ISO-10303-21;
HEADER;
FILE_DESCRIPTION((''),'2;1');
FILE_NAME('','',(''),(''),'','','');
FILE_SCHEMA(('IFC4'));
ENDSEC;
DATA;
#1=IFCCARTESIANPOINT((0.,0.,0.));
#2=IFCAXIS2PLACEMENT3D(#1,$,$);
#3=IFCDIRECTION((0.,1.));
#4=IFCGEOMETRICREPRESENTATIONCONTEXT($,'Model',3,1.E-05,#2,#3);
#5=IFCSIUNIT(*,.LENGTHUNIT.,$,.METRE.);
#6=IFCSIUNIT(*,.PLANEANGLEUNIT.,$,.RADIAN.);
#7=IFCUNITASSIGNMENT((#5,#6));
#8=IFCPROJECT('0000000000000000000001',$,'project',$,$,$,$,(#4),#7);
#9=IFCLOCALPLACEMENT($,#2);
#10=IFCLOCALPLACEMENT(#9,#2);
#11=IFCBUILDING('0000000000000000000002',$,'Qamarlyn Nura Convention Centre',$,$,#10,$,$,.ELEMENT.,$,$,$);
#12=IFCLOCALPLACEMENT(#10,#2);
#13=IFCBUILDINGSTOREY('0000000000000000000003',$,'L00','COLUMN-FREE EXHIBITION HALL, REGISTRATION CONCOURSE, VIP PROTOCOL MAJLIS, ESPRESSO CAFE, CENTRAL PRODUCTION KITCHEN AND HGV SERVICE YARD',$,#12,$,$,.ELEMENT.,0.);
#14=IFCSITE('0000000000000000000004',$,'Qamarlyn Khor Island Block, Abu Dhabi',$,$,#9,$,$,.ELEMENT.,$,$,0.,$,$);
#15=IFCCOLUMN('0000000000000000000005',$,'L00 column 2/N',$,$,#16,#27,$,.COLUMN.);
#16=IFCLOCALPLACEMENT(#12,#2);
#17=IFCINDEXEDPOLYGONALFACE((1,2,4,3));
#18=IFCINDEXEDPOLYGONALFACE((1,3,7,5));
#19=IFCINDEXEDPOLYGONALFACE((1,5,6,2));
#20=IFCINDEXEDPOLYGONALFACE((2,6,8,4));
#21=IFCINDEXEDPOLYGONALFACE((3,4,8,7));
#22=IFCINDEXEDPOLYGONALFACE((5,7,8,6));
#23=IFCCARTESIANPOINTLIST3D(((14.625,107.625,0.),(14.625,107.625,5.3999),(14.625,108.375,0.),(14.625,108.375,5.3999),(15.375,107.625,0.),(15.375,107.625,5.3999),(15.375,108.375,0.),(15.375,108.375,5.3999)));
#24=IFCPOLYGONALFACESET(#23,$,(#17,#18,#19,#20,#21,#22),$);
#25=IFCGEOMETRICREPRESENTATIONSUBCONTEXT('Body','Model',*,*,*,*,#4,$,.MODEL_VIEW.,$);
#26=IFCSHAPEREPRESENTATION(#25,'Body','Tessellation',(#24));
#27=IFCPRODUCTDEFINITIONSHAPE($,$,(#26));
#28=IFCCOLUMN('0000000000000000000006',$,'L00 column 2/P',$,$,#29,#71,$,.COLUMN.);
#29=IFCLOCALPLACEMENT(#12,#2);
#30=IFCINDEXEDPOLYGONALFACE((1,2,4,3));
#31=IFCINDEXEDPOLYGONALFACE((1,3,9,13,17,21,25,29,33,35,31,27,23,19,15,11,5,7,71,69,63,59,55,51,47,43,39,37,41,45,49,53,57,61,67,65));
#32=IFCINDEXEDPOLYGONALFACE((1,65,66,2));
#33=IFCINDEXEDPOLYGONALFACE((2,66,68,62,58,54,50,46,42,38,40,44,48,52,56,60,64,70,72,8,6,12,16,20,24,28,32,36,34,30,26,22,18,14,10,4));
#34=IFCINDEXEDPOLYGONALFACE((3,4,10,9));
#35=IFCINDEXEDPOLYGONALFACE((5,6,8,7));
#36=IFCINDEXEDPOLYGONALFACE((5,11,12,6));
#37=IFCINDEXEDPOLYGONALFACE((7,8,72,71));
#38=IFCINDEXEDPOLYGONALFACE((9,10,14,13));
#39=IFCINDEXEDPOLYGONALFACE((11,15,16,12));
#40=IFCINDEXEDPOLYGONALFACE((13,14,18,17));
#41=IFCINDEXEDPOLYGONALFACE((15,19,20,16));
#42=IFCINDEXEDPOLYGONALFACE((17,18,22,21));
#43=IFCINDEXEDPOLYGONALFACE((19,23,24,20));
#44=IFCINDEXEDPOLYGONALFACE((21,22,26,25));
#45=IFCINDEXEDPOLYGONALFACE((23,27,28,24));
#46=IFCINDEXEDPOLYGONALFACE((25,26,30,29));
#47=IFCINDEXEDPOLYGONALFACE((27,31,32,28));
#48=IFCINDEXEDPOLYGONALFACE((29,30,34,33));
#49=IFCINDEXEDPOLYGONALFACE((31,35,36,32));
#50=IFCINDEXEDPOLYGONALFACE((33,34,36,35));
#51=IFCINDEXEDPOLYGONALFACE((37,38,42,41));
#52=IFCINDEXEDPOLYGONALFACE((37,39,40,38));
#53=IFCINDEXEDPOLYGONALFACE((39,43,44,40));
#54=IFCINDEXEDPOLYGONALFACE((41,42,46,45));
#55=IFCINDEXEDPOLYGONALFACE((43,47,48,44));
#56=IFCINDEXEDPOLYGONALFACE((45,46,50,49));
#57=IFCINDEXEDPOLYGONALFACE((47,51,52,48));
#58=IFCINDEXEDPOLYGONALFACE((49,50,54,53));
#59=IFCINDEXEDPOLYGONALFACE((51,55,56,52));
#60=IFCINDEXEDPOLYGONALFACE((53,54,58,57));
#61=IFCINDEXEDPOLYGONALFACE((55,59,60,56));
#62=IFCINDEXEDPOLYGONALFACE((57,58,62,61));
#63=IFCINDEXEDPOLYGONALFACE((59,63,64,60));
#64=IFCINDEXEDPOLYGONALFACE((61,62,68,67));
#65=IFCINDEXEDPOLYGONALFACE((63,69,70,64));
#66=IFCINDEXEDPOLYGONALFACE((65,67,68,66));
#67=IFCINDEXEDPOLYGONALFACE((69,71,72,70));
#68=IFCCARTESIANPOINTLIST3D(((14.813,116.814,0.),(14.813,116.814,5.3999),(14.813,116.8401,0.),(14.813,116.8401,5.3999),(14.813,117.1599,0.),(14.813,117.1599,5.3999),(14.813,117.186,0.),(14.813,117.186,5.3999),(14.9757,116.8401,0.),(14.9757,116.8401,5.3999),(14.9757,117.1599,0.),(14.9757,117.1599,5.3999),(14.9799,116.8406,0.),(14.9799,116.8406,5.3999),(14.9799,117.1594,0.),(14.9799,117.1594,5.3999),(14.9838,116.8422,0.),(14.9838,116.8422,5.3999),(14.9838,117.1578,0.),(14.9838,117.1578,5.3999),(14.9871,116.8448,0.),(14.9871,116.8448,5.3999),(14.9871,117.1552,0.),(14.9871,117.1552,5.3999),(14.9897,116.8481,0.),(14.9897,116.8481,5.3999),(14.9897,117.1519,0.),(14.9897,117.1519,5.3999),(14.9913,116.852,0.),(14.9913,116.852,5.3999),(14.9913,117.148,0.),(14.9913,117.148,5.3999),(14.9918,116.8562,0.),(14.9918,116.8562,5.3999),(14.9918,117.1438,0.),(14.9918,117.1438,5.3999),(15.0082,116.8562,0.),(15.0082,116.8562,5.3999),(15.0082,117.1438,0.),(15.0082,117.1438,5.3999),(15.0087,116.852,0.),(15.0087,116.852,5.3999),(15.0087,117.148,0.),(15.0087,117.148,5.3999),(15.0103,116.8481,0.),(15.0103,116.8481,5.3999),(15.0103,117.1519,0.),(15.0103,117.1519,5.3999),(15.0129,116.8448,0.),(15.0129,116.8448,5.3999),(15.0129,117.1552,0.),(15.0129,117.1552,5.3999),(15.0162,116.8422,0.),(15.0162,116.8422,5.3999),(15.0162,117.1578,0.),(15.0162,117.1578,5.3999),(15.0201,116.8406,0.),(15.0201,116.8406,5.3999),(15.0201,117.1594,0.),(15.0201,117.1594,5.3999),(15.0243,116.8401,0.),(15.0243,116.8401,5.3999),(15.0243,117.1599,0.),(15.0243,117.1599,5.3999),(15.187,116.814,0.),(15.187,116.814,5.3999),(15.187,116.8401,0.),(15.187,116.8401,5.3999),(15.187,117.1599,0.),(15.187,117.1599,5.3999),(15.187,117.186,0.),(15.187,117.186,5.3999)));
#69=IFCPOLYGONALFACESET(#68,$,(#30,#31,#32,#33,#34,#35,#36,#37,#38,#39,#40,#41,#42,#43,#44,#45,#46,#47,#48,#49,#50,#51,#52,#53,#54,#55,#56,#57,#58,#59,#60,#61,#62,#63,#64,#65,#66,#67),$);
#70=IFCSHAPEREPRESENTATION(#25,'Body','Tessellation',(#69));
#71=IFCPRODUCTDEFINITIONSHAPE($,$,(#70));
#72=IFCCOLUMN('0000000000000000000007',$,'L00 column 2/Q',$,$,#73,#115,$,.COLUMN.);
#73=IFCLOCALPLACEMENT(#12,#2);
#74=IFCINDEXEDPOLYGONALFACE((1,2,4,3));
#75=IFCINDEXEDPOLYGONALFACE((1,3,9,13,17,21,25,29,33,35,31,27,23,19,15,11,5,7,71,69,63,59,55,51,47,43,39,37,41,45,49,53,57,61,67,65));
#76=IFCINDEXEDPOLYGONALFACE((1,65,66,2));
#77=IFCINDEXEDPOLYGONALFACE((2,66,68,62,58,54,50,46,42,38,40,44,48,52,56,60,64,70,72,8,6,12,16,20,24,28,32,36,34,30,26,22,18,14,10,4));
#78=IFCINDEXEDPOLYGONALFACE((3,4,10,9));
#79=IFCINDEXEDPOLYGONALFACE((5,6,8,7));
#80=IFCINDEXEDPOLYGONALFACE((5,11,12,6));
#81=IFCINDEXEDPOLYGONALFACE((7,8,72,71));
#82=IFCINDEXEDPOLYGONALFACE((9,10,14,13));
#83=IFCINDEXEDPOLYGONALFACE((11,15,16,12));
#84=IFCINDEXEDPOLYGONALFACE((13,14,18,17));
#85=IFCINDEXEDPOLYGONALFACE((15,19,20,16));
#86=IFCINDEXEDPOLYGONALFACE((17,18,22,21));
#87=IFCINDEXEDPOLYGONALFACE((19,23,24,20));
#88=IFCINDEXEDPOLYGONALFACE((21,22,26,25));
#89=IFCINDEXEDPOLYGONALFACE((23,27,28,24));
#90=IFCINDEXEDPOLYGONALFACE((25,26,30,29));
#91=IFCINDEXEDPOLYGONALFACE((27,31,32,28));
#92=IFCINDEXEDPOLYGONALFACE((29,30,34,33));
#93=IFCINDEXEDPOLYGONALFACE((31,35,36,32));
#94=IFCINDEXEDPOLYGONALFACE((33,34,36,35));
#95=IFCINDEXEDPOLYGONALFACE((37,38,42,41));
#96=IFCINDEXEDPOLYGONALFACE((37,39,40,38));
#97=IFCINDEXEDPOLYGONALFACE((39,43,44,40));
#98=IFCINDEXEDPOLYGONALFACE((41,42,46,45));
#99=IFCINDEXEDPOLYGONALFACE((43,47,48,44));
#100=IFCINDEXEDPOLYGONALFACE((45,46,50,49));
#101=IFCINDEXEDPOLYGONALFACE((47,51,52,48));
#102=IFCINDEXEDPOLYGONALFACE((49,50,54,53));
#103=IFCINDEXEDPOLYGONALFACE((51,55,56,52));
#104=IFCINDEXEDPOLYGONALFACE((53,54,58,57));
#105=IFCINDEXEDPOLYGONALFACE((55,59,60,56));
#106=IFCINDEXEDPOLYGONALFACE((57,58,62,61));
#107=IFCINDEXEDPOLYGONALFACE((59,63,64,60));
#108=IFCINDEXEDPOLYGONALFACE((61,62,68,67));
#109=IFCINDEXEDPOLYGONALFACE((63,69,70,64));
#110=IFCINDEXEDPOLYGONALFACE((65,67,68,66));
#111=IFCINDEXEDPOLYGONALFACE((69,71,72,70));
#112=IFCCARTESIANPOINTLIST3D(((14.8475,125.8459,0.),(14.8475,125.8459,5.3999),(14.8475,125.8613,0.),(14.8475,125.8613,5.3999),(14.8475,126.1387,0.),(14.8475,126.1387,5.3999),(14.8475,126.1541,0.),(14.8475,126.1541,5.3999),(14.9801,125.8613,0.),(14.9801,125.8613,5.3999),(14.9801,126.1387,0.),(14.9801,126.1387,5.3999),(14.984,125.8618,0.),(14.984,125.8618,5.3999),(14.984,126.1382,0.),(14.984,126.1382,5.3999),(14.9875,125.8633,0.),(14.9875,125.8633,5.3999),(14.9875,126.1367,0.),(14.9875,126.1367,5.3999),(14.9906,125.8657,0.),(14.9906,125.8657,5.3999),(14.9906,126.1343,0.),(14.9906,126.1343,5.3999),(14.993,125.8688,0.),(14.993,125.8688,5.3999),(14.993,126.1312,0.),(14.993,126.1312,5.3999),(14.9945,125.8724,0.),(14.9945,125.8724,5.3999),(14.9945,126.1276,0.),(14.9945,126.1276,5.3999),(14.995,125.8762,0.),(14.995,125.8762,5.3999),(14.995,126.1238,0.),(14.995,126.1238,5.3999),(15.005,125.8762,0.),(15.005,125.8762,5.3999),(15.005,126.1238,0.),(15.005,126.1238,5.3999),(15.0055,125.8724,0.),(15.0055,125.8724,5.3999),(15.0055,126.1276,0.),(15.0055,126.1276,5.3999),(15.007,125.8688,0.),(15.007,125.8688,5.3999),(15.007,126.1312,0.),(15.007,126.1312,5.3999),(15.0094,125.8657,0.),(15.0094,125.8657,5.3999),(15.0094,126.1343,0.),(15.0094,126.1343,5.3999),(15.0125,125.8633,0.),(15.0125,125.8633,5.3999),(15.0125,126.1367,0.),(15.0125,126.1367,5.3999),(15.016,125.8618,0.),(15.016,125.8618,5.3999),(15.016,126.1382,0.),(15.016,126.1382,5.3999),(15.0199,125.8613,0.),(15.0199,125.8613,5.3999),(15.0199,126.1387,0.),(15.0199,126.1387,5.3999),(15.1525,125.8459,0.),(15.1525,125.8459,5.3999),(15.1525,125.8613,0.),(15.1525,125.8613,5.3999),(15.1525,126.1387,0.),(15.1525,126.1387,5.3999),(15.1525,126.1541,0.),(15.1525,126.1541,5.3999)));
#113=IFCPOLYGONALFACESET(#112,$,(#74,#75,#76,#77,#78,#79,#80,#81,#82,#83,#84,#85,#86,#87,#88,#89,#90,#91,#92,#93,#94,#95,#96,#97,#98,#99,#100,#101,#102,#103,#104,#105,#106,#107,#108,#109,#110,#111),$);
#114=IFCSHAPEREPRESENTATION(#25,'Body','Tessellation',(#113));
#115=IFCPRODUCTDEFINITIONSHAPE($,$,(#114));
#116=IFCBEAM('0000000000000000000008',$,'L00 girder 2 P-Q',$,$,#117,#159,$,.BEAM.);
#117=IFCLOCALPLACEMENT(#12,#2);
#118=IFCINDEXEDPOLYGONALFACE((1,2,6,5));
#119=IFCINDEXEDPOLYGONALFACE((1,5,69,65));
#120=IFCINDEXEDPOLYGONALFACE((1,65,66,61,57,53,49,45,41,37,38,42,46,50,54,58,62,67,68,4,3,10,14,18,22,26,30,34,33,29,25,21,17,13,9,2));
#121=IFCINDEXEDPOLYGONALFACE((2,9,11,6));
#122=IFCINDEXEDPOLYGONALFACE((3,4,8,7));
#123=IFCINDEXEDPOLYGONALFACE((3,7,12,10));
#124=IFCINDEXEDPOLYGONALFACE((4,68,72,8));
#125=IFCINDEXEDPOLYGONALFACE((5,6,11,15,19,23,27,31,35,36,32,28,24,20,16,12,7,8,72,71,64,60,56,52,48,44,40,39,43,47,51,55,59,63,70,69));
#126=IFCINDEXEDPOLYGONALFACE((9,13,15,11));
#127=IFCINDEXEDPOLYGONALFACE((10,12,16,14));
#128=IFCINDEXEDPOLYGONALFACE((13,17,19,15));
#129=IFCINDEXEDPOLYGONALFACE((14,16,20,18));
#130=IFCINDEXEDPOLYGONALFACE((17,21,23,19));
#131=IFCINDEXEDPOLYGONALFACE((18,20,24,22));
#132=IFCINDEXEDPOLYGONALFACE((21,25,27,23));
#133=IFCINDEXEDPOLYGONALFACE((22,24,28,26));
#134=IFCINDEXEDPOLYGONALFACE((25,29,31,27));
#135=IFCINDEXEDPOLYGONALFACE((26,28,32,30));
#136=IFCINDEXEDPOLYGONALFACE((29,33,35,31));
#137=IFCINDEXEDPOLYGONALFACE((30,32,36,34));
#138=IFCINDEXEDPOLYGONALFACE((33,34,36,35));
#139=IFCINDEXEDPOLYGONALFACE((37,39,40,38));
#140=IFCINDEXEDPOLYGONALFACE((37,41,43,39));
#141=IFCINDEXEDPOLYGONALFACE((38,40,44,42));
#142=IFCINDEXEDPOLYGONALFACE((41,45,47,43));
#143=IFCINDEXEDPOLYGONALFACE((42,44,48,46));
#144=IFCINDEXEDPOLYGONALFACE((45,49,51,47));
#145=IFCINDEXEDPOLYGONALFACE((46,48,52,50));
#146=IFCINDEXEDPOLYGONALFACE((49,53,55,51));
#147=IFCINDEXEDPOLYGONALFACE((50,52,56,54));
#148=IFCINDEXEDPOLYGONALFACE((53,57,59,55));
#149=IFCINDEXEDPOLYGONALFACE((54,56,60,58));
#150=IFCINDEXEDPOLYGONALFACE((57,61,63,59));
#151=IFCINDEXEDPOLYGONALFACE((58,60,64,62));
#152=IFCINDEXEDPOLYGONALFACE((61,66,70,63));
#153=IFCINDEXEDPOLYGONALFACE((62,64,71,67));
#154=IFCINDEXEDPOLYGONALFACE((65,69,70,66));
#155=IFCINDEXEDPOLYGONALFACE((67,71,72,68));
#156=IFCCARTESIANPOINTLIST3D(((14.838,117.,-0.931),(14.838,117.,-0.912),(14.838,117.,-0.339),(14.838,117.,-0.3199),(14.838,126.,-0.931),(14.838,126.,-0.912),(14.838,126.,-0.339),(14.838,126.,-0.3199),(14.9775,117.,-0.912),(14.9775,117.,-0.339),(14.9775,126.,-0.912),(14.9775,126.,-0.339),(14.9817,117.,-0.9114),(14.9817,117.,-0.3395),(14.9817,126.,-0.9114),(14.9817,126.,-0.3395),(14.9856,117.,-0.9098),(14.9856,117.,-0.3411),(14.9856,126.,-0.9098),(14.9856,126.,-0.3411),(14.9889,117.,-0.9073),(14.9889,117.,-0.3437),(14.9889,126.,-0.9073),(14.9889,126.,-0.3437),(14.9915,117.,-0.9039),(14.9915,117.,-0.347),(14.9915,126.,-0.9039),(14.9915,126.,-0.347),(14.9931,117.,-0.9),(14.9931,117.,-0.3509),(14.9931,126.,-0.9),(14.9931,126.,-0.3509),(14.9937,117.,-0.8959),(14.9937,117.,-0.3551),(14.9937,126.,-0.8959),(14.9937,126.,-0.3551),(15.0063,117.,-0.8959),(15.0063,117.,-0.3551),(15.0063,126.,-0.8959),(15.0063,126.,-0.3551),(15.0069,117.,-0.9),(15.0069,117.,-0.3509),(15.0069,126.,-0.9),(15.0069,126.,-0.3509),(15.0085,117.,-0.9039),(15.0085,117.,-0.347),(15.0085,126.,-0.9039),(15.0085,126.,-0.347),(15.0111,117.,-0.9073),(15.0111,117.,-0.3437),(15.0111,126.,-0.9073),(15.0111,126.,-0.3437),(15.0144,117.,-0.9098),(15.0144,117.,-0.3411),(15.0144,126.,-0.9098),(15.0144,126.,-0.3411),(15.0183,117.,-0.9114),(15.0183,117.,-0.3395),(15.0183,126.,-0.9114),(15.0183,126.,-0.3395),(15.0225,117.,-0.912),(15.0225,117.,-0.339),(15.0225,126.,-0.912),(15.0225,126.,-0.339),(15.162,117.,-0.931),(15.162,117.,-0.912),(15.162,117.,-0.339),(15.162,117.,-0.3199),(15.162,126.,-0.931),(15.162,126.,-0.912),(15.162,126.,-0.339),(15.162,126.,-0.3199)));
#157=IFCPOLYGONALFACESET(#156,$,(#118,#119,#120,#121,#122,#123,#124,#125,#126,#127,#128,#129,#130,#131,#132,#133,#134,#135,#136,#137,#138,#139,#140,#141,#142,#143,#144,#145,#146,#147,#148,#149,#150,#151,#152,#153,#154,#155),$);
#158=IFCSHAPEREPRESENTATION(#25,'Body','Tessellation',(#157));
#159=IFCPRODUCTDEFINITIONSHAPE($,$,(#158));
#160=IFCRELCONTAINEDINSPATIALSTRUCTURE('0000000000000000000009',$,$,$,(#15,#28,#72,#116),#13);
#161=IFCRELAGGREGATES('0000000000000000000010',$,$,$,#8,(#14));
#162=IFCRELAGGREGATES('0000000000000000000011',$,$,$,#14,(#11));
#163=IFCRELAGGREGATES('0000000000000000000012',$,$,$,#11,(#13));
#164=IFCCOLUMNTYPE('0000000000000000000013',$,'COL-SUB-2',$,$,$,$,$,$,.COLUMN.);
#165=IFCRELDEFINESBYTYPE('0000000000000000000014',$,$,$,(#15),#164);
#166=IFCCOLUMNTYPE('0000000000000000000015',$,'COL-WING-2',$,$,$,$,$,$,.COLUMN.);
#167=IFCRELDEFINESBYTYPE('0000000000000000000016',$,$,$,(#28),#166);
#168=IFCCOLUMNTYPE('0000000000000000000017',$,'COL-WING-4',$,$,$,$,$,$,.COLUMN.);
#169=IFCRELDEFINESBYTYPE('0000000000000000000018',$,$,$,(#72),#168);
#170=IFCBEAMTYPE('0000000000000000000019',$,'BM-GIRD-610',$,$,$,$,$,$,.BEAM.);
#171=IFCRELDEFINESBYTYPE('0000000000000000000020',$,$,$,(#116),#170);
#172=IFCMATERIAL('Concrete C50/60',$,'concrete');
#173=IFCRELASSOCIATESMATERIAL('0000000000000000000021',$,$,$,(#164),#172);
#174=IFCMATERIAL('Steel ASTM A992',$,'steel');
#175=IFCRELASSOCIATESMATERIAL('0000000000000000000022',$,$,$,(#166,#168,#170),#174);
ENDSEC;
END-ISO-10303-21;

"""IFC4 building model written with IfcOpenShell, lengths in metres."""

from ifc_helpers import new_model, si_unit, direction, frame, origin, origin_2d, place, context, subcontext, project, spatial, rectangle, i_section, extrude, material, material_profile, profile_set, type_object, element, save


model = new_model("IFC4")

# Units and contexts
model_context = context("Model", 3, precision=1e-05, world=origin(), true_north=direction((0.0, 1.0)))
body_context = subcontext(model_context, "Body", "Model", "MODEL_VIEW")
ifc_project = project(units=[si_unit("LENGTHUNIT", "METRE"), si_unit("PLANEANGLEUNIT", "RADIAN")], contexts=[model_context])

# Site, building, storey
site_placement = place(None, origin())
site = spatial("IfcSite", under=ifc_project, at=site_placement, Name="Qamarlyn Khor Island Block, Abu Dhabi", CompositionType="ELEMENT", RefElevation=0.0)
building_placement = place(site_placement, origin())
building = spatial("IfcBuilding", under=site, at=building_placement, Name="Qamarlyn Nura Convention Centre", CompositionType="ELEMENT")
storey_placement = place(building_placement, origin())
storey = spatial("IfcBuildingStorey", under=building, at=storey_placement, Name="L00", Description="COLUMN-FREE EXHIBITION HALL, REGISTRATION CONCOURSE, VIP PROTOCOL MAJLIS, ESPRESSO CAFE, CENTRAL PRODUCTION KITCHEN AND HGV SERVICE YARD", CompositionType="ELEMENT", Elevation=0.0)

# Columns
ifc_material_1 = material(Name="Concrete C50/60", Category="concrete")
ifc_material_profile_1 = material_profile(ifc_material_1, rectangle(XDim=0.75, YDim=0.75, at=origin_2d()), Name="RC 750x750")
ifc_profile_set_1 = profile_set([ifc_material_profile_1], Name="Concrete C50/60")
column_type_1 = type_object("IfcColumnType", Name="COL-SUB-2", PredefinedType="COLUMN", material=ifc_profile_set_1)
column_1_placement = place(storey_placement, frame((15.0, 108.0, 0.0), z_axis=(0.0, 0.0, 1.0), x_axis=(1.0, 0.0, 0.0)))
element("IfcColumn", 1, at=column_1_placement, inside=storey, type_object=column_type_1, Name="L00 column 2/N", PredefinedType="COLUMN", context=body_context, shape_type="SweptSolid", body=[
    extrude(rectangle(XDim=0.75, YDim=0.75, at=origin_2d()), origin(), (0.0, 0.0, 1.0), 5.3999),
])
ifc_material_2 = material(Name="Steel ASTM A992", Category="steel")
ifc_material_profile_2 = material_profile(ifc_material_2, i_section(OverallWidth=0.374, OverallDepth=0.3721, WebThickness=0.0164, FlangeThickness=0.0261, FilletRadius=0.0161, at=origin_2d()), Name="W360X196")
ifc_profile_set_2 = profile_set([ifc_material_profile_2], Name="Steel ASTM A992")
column_type_2 = type_object("IfcColumnType", Name="COL-WING-2", PredefinedType="COLUMN", material=ifc_profile_set_2)
column_2_placement = place(storey_placement, frame((15.0, 117.0, 0.0), z_axis=(0.0, 0.0, 1.0), x_axis=(1.0, 0.0, 0.0)))
element("IfcColumn", 2, at=column_2_placement, inside=storey, type_object=column_type_2, Name="L00 column 2/P", PredefinedType="COLUMN", context=body_context, shape_type="SweptSolid", body=[
    extrude(i_section(OverallWidth=0.374, OverallDepth=0.3721, WebThickness=0.0164, FlangeThickness=0.0261, FilletRadius=0.0161, at=origin_2d()), origin(), (0.0, 0.0, 1.0), 5.3999),
])
ifc_material_profile_3 = material_profile(ifc_material_2, i_section(OverallWidth=0.3049, OverallDepth=0.3081, WebThickness=0.01, FlangeThickness=0.0154, FilletRadius=0.0149, at=origin_2d()), Name="W310X97")
ifc_profile_set_3 = profile_set([ifc_material_profile_3], Name="Steel ASTM A992")
column_type_3 = type_object("IfcColumnType", Name="COL-WING-4", PredefinedType="COLUMN", material=ifc_profile_set_3)
column_3_placement = place(storey_placement, frame((15.0, 126.0, 0.0), z_axis=(0.0, 0.0, 1.0), x_axis=(1.0, 0.0, 0.0)))
element("IfcColumn", 3, at=column_3_placement, inside=storey, type_object=column_type_3, Name="L00 column 2/Q", PredefinedType="COLUMN", context=body_context, shape_type="SweptSolid", body=[
    extrude(i_section(OverallWidth=0.3049, OverallDepth=0.3081, WebThickness=0.01, FlangeThickness=0.0154, FilletRadius=0.0149, at=origin_2d()), origin(), (0.0, 0.0, 1.0), 5.3999),
])

# Beam
ifc_material_profile_4 = material_profile(ifc_material_2, i_section(OverallWidth=0.324, OverallDepth=0.6111, WebThickness=0.0127, FlangeThickness=0.019, FilletRadius=0.0161, at=origin_2d()), Name="W610X155")
ifc_profile_set_4 = profile_set([ifc_material_profile_4], Name="Steel ASTM A992")
beam_type_1 = type_object("IfcBeamType", Name="BM-GIRD-610", PredefinedType="BEAM", material=ifc_profile_set_4)
beam_1_placement = place(storey_placement, frame((15.0, 117.0, -0.6255), z_axis=(0.0, 1.0, 0.0), x_axis=(-1.0, 0.0, 0.0)))
element("IfcBeam", 4, at=beam_1_placement, inside=storey, type_object=beam_type_1, Name="L00 girder 2 P-Q", PredefinedType="BEAM", context=body_context, shape_type="SweptSolid", body=[
    extrude(i_section(OverallWidth=0.324, OverallDepth=0.6111, WebThickness=0.0127, FlangeThickness=0.019, FilletRadius=0.0161, at=origin_2d()), origin(), (0.0, 0.0, 1.0), 9.0),
])

save(model, "model.ifc")
